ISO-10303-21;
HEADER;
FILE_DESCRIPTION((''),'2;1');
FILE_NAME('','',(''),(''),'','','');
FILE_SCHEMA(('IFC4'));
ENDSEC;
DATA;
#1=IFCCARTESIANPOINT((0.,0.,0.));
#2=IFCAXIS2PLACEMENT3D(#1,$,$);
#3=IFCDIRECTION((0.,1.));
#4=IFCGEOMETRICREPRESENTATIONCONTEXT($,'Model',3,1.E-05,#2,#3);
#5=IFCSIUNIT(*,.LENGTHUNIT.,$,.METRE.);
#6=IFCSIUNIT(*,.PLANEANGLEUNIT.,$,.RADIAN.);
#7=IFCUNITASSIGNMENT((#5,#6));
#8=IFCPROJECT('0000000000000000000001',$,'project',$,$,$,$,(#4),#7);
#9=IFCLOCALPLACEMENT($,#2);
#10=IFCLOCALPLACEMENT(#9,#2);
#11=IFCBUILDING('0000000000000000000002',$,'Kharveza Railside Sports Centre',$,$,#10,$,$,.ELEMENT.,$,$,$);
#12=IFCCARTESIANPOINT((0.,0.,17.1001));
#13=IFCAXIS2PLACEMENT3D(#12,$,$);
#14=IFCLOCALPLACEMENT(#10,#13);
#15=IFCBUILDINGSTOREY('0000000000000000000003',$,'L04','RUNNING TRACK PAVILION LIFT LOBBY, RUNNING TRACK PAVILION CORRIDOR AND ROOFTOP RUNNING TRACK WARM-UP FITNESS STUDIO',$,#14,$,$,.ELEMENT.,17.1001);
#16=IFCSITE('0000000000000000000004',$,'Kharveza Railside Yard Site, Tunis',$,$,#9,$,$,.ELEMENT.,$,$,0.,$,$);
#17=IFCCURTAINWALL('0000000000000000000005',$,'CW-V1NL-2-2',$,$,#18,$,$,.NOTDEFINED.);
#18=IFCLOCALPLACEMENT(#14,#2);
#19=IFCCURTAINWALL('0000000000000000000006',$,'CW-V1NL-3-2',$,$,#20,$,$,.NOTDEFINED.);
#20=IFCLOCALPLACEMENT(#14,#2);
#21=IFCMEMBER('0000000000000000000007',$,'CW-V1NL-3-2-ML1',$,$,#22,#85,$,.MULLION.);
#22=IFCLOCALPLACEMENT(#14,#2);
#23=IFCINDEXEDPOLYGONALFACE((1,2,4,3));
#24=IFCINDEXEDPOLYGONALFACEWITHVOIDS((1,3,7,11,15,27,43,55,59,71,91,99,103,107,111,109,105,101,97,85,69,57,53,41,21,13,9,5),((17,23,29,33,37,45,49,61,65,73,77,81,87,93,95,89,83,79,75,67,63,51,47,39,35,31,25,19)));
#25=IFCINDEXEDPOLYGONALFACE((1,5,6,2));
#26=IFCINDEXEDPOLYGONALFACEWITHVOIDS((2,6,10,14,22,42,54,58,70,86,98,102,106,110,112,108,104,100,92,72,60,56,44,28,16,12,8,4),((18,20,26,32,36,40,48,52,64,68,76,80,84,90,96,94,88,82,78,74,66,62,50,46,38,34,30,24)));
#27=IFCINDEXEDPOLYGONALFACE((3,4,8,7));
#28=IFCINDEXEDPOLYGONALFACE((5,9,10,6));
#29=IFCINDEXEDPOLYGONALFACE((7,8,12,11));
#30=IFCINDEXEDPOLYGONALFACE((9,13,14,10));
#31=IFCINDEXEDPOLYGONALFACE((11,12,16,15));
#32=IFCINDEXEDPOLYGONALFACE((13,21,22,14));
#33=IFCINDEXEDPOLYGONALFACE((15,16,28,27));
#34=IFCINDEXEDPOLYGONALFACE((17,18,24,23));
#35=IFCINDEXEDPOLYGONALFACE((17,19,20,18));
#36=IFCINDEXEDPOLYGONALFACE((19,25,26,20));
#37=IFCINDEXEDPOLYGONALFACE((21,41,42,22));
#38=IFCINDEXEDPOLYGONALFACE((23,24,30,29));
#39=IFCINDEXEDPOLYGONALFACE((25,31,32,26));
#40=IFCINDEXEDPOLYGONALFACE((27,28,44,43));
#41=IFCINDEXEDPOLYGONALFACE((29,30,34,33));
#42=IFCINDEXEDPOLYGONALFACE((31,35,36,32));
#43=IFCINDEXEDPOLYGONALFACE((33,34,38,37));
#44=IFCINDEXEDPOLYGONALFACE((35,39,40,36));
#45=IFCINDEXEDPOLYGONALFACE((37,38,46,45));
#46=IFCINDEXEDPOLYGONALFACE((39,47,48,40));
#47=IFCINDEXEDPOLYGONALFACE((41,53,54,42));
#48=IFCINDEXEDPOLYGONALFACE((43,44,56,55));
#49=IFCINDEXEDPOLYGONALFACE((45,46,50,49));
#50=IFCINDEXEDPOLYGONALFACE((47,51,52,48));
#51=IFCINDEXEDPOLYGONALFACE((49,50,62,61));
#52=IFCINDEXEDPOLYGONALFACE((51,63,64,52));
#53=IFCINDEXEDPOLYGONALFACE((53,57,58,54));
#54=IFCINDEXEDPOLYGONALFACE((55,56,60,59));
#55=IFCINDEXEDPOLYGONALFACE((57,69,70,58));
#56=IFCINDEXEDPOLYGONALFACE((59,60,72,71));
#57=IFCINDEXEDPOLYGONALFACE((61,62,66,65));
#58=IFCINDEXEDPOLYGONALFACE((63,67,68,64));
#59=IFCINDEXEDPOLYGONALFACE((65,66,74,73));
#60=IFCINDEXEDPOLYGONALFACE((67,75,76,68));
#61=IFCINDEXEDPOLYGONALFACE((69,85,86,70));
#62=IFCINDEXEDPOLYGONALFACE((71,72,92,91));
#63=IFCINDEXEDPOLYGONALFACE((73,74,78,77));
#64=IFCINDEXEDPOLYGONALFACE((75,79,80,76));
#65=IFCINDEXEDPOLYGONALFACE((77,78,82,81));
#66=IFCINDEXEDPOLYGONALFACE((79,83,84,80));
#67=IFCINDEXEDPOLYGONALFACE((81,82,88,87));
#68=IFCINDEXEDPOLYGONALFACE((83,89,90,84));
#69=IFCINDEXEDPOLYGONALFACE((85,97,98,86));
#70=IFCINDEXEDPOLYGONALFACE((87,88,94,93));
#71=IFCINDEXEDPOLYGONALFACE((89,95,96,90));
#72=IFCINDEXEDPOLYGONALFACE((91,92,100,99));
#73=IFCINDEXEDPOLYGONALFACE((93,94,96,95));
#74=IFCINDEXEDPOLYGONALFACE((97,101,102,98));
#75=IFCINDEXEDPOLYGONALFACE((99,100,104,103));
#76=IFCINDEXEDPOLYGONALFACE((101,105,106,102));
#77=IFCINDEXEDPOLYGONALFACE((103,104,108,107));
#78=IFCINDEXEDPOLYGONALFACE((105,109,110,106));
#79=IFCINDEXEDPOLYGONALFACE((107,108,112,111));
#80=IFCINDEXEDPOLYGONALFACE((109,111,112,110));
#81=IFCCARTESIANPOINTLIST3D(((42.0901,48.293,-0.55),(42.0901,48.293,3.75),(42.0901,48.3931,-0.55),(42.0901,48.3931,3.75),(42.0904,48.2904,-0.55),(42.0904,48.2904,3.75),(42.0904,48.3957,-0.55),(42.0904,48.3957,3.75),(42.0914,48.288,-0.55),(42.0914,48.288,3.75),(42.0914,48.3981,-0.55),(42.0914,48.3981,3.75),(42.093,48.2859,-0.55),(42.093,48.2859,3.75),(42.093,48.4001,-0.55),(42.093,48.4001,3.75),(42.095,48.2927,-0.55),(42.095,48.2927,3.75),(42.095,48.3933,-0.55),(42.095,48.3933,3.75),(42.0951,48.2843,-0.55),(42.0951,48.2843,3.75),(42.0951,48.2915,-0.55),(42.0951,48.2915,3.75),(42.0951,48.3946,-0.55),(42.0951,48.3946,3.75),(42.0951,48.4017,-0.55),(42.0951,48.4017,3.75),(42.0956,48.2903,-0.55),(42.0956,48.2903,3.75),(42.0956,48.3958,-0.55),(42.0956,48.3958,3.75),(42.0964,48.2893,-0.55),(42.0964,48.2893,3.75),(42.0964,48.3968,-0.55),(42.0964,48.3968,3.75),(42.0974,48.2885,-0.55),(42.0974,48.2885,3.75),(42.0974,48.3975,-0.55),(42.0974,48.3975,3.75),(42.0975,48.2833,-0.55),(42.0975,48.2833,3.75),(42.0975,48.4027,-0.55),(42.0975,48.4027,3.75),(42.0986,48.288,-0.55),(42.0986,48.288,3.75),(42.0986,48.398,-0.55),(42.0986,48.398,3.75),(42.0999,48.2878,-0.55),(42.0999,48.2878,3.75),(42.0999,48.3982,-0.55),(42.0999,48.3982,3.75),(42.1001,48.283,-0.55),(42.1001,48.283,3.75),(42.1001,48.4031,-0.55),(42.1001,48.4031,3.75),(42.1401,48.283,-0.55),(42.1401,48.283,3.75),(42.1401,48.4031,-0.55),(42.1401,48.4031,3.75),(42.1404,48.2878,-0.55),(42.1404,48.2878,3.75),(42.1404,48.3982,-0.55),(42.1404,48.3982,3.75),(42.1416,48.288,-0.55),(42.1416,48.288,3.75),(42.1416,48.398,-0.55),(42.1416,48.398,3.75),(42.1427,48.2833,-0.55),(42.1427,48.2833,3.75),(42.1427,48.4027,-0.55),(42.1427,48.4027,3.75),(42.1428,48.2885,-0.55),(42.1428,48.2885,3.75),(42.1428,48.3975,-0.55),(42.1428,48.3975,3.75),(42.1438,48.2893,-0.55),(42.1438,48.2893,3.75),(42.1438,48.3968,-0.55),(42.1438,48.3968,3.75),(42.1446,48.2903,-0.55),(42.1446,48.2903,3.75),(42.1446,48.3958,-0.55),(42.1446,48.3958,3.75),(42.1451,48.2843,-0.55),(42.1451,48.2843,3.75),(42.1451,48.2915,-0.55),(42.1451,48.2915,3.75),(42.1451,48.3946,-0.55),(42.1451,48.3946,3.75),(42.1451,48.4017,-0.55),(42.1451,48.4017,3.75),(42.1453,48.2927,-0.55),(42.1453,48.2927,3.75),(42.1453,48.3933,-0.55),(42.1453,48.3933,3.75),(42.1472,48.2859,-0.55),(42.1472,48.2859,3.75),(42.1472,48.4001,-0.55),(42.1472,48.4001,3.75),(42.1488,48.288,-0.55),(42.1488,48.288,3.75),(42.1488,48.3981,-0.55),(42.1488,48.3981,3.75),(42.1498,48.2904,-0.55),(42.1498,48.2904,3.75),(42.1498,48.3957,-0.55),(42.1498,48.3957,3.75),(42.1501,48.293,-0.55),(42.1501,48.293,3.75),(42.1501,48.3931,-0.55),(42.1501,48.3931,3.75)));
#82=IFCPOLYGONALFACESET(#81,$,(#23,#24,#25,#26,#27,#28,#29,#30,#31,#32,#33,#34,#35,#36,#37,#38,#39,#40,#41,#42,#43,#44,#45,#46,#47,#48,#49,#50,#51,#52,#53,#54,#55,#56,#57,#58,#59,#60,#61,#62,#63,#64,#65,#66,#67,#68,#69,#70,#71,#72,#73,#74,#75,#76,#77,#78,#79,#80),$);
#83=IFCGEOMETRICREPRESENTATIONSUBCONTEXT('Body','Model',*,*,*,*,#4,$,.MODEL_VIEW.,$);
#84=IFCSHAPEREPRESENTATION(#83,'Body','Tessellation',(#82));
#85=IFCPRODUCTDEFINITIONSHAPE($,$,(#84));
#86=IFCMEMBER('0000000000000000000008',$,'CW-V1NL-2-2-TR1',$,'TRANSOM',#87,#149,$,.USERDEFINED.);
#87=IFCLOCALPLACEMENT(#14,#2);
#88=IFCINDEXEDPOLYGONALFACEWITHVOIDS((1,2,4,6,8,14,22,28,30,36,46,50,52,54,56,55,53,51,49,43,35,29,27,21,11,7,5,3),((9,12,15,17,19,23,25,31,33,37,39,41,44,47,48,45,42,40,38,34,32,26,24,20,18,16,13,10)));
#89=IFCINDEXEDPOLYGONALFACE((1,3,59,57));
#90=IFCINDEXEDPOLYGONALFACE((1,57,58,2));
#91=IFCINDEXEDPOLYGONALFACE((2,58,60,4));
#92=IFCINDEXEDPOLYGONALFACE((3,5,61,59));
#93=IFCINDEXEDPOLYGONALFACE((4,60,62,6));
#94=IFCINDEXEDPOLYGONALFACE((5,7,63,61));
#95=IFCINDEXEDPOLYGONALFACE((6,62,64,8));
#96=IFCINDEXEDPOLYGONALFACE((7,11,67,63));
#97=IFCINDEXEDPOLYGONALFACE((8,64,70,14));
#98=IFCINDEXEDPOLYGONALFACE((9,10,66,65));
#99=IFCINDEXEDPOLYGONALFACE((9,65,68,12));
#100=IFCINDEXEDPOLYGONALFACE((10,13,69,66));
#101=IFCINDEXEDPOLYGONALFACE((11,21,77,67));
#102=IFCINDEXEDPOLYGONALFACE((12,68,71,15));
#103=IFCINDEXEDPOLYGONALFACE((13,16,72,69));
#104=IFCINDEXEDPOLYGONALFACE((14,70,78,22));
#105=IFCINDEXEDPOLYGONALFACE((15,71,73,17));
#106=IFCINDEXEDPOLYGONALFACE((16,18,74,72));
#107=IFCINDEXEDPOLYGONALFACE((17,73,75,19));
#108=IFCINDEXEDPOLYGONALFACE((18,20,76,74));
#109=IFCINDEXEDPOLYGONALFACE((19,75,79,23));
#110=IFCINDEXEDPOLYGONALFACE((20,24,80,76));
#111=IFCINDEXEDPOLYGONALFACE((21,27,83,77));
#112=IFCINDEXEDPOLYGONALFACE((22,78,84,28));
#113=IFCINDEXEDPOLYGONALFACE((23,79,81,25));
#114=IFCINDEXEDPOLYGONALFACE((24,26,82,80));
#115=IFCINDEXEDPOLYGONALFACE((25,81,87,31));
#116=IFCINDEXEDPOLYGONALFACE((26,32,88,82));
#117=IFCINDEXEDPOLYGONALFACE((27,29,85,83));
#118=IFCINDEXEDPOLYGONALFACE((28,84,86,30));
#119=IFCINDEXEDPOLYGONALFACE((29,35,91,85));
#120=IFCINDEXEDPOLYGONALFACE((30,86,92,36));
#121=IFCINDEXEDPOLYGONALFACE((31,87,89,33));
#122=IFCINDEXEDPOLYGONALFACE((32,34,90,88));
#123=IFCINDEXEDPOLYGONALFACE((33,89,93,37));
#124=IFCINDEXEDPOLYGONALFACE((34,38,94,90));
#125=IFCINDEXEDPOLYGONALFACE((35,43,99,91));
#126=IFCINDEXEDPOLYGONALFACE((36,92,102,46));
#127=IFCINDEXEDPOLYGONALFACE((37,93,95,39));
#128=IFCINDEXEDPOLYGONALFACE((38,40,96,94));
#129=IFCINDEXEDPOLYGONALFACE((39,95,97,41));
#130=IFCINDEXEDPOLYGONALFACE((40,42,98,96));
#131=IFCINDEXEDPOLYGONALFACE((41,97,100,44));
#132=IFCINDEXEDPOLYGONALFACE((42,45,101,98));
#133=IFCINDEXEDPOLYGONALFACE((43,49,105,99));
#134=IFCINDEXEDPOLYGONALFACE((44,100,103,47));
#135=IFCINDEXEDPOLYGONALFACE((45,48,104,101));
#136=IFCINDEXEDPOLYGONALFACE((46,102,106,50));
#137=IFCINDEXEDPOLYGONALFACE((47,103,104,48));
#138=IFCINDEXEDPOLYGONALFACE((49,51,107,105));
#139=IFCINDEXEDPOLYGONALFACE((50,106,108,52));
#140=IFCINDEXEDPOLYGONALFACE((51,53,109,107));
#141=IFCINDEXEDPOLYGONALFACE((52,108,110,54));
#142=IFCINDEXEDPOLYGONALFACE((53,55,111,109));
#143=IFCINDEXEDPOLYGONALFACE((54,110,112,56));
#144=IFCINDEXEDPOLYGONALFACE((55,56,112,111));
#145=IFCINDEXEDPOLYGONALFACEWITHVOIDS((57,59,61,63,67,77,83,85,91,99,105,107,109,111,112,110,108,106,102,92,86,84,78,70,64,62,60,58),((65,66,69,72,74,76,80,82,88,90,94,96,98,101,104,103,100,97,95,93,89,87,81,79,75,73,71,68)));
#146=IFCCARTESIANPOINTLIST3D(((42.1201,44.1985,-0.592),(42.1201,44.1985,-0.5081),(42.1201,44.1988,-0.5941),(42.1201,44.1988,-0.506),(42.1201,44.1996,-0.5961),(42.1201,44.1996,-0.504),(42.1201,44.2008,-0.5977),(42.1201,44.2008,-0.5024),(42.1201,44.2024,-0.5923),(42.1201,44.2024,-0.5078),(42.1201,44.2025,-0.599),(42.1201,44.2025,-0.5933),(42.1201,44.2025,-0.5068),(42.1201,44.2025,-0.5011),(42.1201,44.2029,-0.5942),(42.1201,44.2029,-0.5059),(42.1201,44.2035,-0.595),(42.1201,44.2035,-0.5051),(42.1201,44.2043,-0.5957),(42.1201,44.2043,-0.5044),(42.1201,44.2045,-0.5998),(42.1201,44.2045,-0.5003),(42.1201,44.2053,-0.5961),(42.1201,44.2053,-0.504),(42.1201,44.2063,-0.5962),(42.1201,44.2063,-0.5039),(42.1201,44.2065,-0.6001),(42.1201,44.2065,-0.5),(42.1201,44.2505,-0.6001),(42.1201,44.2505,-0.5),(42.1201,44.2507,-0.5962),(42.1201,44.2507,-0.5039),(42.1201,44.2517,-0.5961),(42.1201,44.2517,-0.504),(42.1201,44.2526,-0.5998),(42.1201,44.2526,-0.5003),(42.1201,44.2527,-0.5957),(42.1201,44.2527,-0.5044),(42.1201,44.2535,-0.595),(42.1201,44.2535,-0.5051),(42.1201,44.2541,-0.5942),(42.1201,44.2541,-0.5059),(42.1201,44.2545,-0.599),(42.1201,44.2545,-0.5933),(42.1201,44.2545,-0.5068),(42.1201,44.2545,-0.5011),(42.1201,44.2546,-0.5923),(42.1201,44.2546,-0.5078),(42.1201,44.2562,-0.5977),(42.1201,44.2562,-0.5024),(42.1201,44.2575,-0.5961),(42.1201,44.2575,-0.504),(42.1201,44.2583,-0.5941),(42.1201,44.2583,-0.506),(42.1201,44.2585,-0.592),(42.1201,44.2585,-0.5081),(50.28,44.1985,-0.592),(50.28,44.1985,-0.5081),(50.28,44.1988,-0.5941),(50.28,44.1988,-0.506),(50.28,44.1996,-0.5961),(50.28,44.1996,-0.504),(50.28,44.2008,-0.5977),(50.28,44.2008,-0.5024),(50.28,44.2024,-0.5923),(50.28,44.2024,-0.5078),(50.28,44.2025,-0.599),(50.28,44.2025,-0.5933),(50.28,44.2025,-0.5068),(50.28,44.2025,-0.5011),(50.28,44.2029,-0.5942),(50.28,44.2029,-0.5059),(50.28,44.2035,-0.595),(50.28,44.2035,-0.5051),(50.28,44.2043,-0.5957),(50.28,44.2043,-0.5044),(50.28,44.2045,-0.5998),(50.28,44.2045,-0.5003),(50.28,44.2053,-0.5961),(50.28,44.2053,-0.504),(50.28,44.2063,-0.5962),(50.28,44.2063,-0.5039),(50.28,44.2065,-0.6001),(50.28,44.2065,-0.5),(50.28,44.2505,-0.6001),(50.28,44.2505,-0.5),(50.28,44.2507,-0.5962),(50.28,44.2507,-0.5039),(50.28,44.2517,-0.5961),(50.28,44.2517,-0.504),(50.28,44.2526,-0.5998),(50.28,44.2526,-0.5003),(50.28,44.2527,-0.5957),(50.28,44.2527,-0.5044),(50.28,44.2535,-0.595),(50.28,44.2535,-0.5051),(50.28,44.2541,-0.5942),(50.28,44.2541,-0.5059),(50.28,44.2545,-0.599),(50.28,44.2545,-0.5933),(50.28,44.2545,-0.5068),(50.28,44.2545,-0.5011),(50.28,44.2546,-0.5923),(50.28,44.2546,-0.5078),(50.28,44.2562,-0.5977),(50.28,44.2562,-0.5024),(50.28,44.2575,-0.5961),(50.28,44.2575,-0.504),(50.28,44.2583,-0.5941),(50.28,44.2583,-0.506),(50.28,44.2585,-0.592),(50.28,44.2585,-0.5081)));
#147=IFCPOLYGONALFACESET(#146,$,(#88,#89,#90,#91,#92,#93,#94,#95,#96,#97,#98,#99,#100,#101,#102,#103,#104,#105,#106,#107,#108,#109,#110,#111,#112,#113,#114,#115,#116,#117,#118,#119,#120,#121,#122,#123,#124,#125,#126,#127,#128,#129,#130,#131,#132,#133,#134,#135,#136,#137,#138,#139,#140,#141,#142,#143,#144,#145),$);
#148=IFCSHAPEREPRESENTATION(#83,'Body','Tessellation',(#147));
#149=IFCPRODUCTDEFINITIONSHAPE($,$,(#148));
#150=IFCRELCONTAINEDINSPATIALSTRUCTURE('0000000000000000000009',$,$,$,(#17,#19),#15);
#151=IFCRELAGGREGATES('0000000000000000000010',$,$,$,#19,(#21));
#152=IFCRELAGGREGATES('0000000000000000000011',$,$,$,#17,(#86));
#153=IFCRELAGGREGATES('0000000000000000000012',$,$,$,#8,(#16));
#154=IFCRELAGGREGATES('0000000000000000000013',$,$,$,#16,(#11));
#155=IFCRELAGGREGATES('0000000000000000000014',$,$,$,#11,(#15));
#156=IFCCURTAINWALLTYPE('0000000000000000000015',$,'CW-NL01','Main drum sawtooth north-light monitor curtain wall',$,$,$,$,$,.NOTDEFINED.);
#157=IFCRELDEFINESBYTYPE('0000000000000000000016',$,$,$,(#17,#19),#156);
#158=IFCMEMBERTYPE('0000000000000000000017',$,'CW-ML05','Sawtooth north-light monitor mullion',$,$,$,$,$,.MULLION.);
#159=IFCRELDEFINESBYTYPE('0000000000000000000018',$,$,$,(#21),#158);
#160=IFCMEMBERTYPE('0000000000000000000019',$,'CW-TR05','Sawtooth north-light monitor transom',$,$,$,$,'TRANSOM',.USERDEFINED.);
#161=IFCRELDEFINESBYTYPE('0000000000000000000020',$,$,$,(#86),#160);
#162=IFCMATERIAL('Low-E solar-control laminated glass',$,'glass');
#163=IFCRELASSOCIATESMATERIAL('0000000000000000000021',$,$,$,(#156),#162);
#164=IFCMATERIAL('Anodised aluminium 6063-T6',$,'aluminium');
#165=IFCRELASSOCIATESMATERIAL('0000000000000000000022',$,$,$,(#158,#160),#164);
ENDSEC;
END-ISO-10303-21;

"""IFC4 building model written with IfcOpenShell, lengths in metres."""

from ifc_helpers import new_model, si_unit, direction, frame, origin, origin_2d, place, context, subcontext, project, spatial, hollow_rectangle, extrude, material, material_profile, profile_set, type_object, element, aggregate, save


model = new_model("IFC4")

# Units and contexts
model_context = context("Model", 3, precision=1e-05, world=origin(), true_north=direction((0.0, 1.0)))
body_context = subcontext(model_context, "Body", "Model", "MODEL_VIEW")
ifc_project = project(units=[si_unit("LENGTHUNIT", "METRE"), si_unit("PLANEANGLEUNIT", "RADIAN")], contexts=[model_context])

# Site, building, storey
site_placement = place(None, origin())
site = spatial("IfcSite", under=ifc_project, at=site_placement, Name="Kharveza Railside Yard Site, Tunis", CompositionType="ELEMENT", RefElevation=0.0)
building_placement = place(site_placement, origin())
building = spatial("IfcBuilding", under=site, at=building_placement, Name="Kharveza Railside Sports Centre", CompositionType="ELEMENT")
storey_placement = place(building_placement, frame((0.0, 0.0, 17.1001)))
storey = spatial("IfcBuildingStorey", under=building, at=storey_placement, Name="L04", Description="RUNNING TRACK PAVILION LIFT LOBBY, RUNNING TRACK PAVILION CORRIDOR AND ROOFTOP RUNNING TRACK WARM-UP FITNESS STUDIO", CompositionType="ELEMENT", Elevation=17.1001)

# Curtain wall
ifc_material_1 = material(Name="Low-E solar-control laminated glass", Category="glass")
curtain_wall_type = type_object("IfcCurtainWallType", Name="CW-NL01", Description="Main drum sawtooth north-light monitor curtain wall", PredefinedType="NOTDEFINED", material=ifc_material_1)
curtain_wall_1_placement = place(storey_placement, origin())
curtain_wall_1 = element("IfcCurtainWall", 1, at=curtain_wall_1_placement, inside=storey, type_object=curtain_wall_type, Name="CW-V1NL-2-2", PredefinedType="NOTDEFINED")
ifc_material_2 = material(Name="Anodised aluminium 6063-T6", Category="aluminium")
ifc_material_profile_1 = material_profile(ifc_material_2, hollow_rectangle(XDim=0.0601, YDim=0.1201, WallThickness=0.0049, InnerFilletRadius=0.0049, OuterFilletRadius=0.01, at=origin_2d()), Name="RHS 60x120x5.0")
ifc_profile_set_1 = profile_set([ifc_material_profile_1], Name="Anodised aluminium 6063-T6")
member_type_1 = type_object("IfcMemberType", Name="CW-ML05", Description="Sawtooth north-light monitor mullion", PredefinedType="MULLION", material=ifc_profile_set_1)

# Curtain wall, member
curtain_wall_2_placement = place(storey_placement, origin())
curtain_wall_2 = element("IfcCurtainWall", 2, at=curtain_wall_2_placement, inside=storey, type_object=curtain_wall_type, Name="CW-V1NL-3-2", PredefinedType="NOTDEFINED")
member_1_placement = place(storey_placement, frame((42.1201, 48.343, -0.55), z_axis=(0.0, 0.0, 1.0), x_axis=(1.0, 0.0, 0.0)))
member_1 = element("IfcMember", 3, at=member_1_placement, type_object=member_type_1, Name="CW-V1NL-3-2-ML1", PredefinedType="MULLION", context=body_context, shape_type="SweptSolid", body=[
    extrude(hollow_rectangle(XDim=0.0601, YDim=0.1201, WallThickness=0.0049, InnerFilletRadius=0.0049, OuterFilletRadius=0.01, at=origin_2d()), origin(), (0.0, 0.0, 1.0), 4.3),
])

# Member
ifc_material_profile_2 = material_profile(ifc_material_2, hollow_rectangle(XDim=0.0601, YDim=0.1001, WallThickness=0.0039, InnerFilletRadius=0.0039, OuterFilletRadius=0.0081, at=origin_2d()), Name="RHS 60x100x4.0")
ifc_profile_set_2 = profile_set([ifc_material_profile_2], Name="Anodised aluminium 6063-T6")
member_type_2 = type_object("IfcMemberType", Name="CW-TR05", Description="Sawtooth north-light monitor transom", ElementType="TRANSOM", PredefinedType="USERDEFINED", material=ifc_profile_set_2)
member_2_placement = place(storey_placement, frame((42.1201, 44.2285, -0.55), z_axis=(1.0, 0.0, 0.0), x_axis=(0.0, 1.0, 0.0)))
member_2 = element("IfcMember", 4, at=member_2_placement, type_object=member_type_2, Name="CW-V1NL-2-2-TR1", ObjectType="TRANSOM", PredefinedType="USERDEFINED", context=body_context, shape_type="SweptSolid", body=[
    extrude(hollow_rectangle(XDim=0.0601, YDim=0.1001, WallThickness=0.0039, InnerFilletRadius=0.0039, OuterFilletRadius=0.0081, at=origin_2d()), origin(), (0.0, 0.0, 1.0), 8.1599),
])
aggregate(curtain_wall_2, [member_1])

aggregate(curtain_wall_1, [member_2])

save(model, "model.ifc")
